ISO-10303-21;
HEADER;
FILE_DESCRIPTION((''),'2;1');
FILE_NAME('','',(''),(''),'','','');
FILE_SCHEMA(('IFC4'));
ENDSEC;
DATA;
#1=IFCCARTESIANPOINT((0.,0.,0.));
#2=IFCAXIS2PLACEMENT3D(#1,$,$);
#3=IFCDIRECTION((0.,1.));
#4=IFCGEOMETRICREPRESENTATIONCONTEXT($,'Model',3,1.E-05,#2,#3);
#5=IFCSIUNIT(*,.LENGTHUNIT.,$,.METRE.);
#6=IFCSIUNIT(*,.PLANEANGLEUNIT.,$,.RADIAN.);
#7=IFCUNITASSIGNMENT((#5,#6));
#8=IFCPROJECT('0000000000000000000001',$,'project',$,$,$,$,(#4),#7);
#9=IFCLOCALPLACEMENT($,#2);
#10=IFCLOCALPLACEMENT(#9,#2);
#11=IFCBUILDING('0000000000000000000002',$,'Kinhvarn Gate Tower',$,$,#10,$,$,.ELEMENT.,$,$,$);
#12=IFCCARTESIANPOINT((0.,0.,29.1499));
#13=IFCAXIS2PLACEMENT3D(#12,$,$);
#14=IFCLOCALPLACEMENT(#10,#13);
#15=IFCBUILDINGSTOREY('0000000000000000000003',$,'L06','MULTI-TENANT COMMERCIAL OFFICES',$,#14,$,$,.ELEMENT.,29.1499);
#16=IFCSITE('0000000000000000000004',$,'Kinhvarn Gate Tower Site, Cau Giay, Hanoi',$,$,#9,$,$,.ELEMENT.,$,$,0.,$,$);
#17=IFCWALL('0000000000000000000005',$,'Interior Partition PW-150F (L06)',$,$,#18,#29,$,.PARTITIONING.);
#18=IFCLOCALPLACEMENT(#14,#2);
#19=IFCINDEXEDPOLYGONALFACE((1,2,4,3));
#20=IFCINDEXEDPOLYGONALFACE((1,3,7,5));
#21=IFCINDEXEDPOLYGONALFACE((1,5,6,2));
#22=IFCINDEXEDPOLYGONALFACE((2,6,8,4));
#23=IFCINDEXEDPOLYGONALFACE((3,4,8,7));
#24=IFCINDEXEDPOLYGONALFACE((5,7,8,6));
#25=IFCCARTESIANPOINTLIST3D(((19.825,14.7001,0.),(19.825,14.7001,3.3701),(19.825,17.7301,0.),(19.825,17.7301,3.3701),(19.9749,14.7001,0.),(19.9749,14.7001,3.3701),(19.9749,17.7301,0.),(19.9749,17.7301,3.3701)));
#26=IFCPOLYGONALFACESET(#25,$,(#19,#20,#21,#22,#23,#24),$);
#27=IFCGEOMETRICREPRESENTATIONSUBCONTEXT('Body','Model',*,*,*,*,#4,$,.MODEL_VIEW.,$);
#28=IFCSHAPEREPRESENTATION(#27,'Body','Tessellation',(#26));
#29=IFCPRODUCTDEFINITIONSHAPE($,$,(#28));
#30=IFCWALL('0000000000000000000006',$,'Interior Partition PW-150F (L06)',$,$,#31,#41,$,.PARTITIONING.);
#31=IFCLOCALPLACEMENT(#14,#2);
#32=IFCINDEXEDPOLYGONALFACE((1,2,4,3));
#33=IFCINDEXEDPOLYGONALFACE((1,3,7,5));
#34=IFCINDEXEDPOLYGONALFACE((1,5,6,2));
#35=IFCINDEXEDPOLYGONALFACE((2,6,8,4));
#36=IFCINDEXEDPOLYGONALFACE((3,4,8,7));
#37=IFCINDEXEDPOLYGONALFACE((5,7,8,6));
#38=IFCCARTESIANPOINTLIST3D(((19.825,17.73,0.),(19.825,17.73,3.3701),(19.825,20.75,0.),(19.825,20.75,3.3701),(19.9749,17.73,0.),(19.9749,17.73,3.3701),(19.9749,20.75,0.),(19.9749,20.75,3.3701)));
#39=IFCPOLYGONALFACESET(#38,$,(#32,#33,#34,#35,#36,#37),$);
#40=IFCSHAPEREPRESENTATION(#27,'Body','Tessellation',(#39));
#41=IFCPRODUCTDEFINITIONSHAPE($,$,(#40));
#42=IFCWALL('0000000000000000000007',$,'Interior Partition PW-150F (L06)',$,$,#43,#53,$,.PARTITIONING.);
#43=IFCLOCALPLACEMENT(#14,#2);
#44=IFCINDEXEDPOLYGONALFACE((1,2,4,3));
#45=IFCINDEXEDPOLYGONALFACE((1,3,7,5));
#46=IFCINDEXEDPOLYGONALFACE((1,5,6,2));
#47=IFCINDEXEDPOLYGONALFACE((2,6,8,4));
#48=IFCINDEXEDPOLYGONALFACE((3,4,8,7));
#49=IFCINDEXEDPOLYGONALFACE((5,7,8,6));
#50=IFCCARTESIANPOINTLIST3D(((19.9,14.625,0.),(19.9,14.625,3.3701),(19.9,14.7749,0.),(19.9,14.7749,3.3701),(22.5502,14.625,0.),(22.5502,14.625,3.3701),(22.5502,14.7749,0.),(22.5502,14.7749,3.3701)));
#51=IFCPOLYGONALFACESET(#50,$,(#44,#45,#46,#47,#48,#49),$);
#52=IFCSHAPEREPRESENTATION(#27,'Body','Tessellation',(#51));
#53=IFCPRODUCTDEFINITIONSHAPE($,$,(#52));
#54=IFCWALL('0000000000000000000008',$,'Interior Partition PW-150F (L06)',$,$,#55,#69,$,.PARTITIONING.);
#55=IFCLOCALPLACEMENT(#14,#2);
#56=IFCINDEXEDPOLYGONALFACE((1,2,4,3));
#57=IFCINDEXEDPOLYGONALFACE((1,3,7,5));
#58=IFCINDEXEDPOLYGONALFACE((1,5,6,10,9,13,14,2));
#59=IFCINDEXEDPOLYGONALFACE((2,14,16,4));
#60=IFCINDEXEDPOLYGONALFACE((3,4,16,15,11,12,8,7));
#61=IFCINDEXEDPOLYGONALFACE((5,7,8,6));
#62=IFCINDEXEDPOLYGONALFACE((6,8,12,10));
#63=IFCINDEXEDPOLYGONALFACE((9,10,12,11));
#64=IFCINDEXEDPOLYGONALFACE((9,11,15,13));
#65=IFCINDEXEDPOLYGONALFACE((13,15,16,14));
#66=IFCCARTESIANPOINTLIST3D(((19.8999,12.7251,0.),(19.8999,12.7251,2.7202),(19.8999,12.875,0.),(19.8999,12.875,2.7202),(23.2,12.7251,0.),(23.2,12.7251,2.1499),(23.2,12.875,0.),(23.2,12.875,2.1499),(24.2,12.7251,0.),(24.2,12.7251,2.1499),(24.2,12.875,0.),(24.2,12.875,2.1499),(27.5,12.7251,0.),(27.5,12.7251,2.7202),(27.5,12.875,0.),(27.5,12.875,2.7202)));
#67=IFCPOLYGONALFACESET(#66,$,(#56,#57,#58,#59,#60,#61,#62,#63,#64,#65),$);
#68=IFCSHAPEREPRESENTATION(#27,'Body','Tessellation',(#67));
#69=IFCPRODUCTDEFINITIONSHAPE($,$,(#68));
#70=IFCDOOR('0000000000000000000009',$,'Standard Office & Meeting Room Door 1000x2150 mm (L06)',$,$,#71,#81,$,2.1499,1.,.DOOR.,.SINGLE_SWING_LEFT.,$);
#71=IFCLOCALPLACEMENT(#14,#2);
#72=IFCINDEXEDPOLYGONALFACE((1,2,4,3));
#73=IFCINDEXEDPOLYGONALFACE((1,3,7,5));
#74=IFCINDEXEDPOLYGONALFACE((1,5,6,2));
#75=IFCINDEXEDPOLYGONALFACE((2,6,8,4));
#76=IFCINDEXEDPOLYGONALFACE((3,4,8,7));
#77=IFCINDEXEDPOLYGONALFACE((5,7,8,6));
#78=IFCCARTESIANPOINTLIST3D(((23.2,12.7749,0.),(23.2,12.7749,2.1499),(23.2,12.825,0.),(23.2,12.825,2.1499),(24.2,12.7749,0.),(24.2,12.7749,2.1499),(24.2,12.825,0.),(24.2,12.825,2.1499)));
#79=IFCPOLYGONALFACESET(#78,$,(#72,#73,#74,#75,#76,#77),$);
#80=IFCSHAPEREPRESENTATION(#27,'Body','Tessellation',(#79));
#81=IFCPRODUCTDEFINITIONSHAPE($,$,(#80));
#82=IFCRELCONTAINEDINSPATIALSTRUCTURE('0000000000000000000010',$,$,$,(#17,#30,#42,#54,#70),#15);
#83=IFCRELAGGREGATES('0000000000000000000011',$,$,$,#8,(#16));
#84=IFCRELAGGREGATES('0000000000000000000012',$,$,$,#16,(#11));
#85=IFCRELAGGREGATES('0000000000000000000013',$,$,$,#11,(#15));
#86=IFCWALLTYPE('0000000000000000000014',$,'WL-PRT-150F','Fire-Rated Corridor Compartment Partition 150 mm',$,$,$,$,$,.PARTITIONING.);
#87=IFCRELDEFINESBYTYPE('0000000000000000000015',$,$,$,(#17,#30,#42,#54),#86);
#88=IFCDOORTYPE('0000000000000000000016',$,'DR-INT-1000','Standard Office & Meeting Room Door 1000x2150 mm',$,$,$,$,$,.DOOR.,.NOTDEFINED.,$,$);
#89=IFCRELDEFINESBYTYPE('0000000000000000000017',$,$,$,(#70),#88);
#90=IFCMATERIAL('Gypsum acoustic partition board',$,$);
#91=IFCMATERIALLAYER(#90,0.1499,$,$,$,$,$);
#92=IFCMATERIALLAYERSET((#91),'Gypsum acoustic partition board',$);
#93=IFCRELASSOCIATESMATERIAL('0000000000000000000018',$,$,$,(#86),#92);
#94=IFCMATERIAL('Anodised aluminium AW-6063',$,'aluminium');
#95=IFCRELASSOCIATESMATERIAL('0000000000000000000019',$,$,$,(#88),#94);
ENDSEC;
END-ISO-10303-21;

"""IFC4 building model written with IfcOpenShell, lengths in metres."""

from ifc_helpers import new_model, si_unit, direction, frame, frame_2d, origin, place, context, subcontext, project, spatial, rectangle, extrude, material, layer, layer_set, type_object, element, fill, save


model = new_model("IFC4")

# Units and contexts
model_context = context("Model", 3, precision=1e-05, world=origin(), true_north=direction((0.0, 1.0)))
body_context = subcontext(model_context, "Body", "Model", "MODEL_VIEW")
ifc_project = project(units=[si_unit("LENGTHUNIT", "METRE"), si_unit("PLANEANGLEUNIT", "RADIAN")], contexts=[model_context])

# Site, building, storey
site_placement = place(None, origin())
site = spatial("IfcSite", under=ifc_project, at=site_placement, Name="Kinhvarn Gate Tower Site, Cau Giay, Hanoi", CompositionType="ELEMENT", RefElevation=0.0)
building_placement = place(site_placement, origin())
building = spatial("IfcBuilding", under=site, at=building_placement, Name="Kinhvarn Gate Tower", CompositionType="ELEMENT")
storey_placement = place(building_placement, frame((0.0, 0.0, 29.1499)))
storey = spatial("IfcBuildingStorey", under=building, at=storey_placement, Name="L06", Description="MULTI-TENANT COMMERCIAL OFFICES", CompositionType="ELEMENT", Elevation=29.1499)

# Shared definitions
ifc_material_1 = material(Name="Gypsum acoustic partition board")

# Shared definitions
ifc_material_2 = material(Name="Anodised aluminium AW-6063", Category="aluminium")

# Shared definitions
ifc_layer_1 = layer(ifc_material_1, 0.1499)
ifc_layer_set_1 = layer_set([ifc_layer_1], Name="Gypsum acoustic partition board")
wall_type_1 = type_object("IfcWallType", Name="WL-PRT-150F", Description="Fire-Rated Corridor Compartment Partition 150 mm", PredefinedType="PARTITIONING", material=ifc_layer_set_1)
door_type_1 = type_object("IfcDoorType", Name="DR-INT-1000", Description="Standard Office & Meeting Room Door 1000x2150 mm", OperationType="NOTDEFINED", PredefinedType="DOOR", material=ifc_material_2)

# Walls
wall_1_placement = place(storey_placement, frame((19.8999, 14.7, 0.0), z_axis=(0.0, 0.0, 1.0), x_axis=(0.0, 1.0, 0.0)))
element("IfcWall", 1, at=wall_1_placement, inside=storey, type_object=wall_type_1, Name="Interior Partition PW-150F (L06)", PredefinedType="PARTITIONING", context=body_context, shape_type="SweptSolid", body=[
    extrude(rectangle(XDim=3.03, YDim=0.1499, at=frame_2d((1.5151, 0.0))), origin(), (0.0, 0.0, 1.0), 3.3701),
])
wall_2_placement = place(storey_placement, frame((19.8999, 17.73, 0.0), z_axis=(0.0, 0.0, 1.0), x_axis=(0.0, 1.0, 0.0)))
element("IfcWall", 2, at=wall_2_placement, inside=storey, type_object=wall_type_1, Name="Interior Partition PW-150F (L06)", PredefinedType="PARTITIONING", context=body_context, shape_type="SweptSolid", body=[
    extrude(rectangle(XDim=3.02, YDim=0.1499, at=frame_2d((1.51, 0.0))), origin(), (0.0, 0.0, 1.0), 3.3701),
])
wall_3_placement = place(storey_placement, frame((19.8999, 14.7, 0.0), z_axis=(0.0, 0.0, 1.0), x_axis=(1.0, 0.0, 0.0)))
element("IfcWall", 3, at=wall_3_placement, inside=storey, type_object=wall_type_1, Name="Interior Partition PW-150F (L06)", PredefinedType="PARTITIONING", context=body_context, shape_type="SweptSolid", body=[
    extrude(rectangle(XDim=2.6501, YDim=0.1499, at=frame_2d((1.3252, 0.0))), origin(), (0.0, 0.0, 1.0), 3.3701),
])

# Wall, opening, door
wall_4_placement = place(storey_placement, frame((19.8999, 12.8, 0.0), z_axis=(0.0, 0.0, 1.0), x_axis=(1.0, 0.0, 0.0)))
wall_4 = element("IfcWall", 4, at=wall_4_placement, inside=storey, type_object=wall_type_1, Name="Interior Partition PW-150F (L06)", PredefinedType="PARTITIONING", context=body_context, shape_type="SweptSolid", body=[
    extrude(rectangle(XDim=7.6001, YDim=0.1499, at=frame_2d((3.8, 0.0))), origin(), (0.0, 0.0, 1.0), 2.7202),
])
opening_1_placement = place(wall_4_placement, frame((3.3, 0.0, 0.0)))
opening_1 = element("IfcOpeningElement", 5, at=opening_1_placement, cuts=wall_4, PredefinedType="OPENING", context=body_context, shape_type="SweptSolid", body=[
    extrude(rectangle(XDim=1.0, YDim=2.1499, at=frame_2d((0.5, 1.075))), frame((0.0, 0.085, 0.0), z_axis=(0.0, -1.0, 0.0), x_axis=(1.0, 0.0, 0.0)), (0.0, 0.0, 1.0), 0.1699),
])
door_1_placement = place(opening_1_placement, origin())
door_1 = element("IfcDoor", 6, at=door_1_placement, inside=storey, type_object=door_type_1, Name="Standard Office & Meeting Room Door 1000x2150 mm (L06)", OperationType="SINGLE_SWING_LEFT", OverallHeight=2.1499, OverallWidth=1.0, PredefinedType="DOOR", context=body_context, shape_type="SweptSolid", body=[
    extrude(rectangle(XDim=1.0, YDim=2.1499, at=frame_2d((0.5, 1.075))), frame((0.0, 0.0249, 0.0), z_axis=(0.0, -1.0, 0.0), x_axis=(1.0, 0.0, 0.0)), (0.0, 0.0, 1.0), 0.05),
])
fill(opening_1, door_1)

save(model, "model.ifc")
